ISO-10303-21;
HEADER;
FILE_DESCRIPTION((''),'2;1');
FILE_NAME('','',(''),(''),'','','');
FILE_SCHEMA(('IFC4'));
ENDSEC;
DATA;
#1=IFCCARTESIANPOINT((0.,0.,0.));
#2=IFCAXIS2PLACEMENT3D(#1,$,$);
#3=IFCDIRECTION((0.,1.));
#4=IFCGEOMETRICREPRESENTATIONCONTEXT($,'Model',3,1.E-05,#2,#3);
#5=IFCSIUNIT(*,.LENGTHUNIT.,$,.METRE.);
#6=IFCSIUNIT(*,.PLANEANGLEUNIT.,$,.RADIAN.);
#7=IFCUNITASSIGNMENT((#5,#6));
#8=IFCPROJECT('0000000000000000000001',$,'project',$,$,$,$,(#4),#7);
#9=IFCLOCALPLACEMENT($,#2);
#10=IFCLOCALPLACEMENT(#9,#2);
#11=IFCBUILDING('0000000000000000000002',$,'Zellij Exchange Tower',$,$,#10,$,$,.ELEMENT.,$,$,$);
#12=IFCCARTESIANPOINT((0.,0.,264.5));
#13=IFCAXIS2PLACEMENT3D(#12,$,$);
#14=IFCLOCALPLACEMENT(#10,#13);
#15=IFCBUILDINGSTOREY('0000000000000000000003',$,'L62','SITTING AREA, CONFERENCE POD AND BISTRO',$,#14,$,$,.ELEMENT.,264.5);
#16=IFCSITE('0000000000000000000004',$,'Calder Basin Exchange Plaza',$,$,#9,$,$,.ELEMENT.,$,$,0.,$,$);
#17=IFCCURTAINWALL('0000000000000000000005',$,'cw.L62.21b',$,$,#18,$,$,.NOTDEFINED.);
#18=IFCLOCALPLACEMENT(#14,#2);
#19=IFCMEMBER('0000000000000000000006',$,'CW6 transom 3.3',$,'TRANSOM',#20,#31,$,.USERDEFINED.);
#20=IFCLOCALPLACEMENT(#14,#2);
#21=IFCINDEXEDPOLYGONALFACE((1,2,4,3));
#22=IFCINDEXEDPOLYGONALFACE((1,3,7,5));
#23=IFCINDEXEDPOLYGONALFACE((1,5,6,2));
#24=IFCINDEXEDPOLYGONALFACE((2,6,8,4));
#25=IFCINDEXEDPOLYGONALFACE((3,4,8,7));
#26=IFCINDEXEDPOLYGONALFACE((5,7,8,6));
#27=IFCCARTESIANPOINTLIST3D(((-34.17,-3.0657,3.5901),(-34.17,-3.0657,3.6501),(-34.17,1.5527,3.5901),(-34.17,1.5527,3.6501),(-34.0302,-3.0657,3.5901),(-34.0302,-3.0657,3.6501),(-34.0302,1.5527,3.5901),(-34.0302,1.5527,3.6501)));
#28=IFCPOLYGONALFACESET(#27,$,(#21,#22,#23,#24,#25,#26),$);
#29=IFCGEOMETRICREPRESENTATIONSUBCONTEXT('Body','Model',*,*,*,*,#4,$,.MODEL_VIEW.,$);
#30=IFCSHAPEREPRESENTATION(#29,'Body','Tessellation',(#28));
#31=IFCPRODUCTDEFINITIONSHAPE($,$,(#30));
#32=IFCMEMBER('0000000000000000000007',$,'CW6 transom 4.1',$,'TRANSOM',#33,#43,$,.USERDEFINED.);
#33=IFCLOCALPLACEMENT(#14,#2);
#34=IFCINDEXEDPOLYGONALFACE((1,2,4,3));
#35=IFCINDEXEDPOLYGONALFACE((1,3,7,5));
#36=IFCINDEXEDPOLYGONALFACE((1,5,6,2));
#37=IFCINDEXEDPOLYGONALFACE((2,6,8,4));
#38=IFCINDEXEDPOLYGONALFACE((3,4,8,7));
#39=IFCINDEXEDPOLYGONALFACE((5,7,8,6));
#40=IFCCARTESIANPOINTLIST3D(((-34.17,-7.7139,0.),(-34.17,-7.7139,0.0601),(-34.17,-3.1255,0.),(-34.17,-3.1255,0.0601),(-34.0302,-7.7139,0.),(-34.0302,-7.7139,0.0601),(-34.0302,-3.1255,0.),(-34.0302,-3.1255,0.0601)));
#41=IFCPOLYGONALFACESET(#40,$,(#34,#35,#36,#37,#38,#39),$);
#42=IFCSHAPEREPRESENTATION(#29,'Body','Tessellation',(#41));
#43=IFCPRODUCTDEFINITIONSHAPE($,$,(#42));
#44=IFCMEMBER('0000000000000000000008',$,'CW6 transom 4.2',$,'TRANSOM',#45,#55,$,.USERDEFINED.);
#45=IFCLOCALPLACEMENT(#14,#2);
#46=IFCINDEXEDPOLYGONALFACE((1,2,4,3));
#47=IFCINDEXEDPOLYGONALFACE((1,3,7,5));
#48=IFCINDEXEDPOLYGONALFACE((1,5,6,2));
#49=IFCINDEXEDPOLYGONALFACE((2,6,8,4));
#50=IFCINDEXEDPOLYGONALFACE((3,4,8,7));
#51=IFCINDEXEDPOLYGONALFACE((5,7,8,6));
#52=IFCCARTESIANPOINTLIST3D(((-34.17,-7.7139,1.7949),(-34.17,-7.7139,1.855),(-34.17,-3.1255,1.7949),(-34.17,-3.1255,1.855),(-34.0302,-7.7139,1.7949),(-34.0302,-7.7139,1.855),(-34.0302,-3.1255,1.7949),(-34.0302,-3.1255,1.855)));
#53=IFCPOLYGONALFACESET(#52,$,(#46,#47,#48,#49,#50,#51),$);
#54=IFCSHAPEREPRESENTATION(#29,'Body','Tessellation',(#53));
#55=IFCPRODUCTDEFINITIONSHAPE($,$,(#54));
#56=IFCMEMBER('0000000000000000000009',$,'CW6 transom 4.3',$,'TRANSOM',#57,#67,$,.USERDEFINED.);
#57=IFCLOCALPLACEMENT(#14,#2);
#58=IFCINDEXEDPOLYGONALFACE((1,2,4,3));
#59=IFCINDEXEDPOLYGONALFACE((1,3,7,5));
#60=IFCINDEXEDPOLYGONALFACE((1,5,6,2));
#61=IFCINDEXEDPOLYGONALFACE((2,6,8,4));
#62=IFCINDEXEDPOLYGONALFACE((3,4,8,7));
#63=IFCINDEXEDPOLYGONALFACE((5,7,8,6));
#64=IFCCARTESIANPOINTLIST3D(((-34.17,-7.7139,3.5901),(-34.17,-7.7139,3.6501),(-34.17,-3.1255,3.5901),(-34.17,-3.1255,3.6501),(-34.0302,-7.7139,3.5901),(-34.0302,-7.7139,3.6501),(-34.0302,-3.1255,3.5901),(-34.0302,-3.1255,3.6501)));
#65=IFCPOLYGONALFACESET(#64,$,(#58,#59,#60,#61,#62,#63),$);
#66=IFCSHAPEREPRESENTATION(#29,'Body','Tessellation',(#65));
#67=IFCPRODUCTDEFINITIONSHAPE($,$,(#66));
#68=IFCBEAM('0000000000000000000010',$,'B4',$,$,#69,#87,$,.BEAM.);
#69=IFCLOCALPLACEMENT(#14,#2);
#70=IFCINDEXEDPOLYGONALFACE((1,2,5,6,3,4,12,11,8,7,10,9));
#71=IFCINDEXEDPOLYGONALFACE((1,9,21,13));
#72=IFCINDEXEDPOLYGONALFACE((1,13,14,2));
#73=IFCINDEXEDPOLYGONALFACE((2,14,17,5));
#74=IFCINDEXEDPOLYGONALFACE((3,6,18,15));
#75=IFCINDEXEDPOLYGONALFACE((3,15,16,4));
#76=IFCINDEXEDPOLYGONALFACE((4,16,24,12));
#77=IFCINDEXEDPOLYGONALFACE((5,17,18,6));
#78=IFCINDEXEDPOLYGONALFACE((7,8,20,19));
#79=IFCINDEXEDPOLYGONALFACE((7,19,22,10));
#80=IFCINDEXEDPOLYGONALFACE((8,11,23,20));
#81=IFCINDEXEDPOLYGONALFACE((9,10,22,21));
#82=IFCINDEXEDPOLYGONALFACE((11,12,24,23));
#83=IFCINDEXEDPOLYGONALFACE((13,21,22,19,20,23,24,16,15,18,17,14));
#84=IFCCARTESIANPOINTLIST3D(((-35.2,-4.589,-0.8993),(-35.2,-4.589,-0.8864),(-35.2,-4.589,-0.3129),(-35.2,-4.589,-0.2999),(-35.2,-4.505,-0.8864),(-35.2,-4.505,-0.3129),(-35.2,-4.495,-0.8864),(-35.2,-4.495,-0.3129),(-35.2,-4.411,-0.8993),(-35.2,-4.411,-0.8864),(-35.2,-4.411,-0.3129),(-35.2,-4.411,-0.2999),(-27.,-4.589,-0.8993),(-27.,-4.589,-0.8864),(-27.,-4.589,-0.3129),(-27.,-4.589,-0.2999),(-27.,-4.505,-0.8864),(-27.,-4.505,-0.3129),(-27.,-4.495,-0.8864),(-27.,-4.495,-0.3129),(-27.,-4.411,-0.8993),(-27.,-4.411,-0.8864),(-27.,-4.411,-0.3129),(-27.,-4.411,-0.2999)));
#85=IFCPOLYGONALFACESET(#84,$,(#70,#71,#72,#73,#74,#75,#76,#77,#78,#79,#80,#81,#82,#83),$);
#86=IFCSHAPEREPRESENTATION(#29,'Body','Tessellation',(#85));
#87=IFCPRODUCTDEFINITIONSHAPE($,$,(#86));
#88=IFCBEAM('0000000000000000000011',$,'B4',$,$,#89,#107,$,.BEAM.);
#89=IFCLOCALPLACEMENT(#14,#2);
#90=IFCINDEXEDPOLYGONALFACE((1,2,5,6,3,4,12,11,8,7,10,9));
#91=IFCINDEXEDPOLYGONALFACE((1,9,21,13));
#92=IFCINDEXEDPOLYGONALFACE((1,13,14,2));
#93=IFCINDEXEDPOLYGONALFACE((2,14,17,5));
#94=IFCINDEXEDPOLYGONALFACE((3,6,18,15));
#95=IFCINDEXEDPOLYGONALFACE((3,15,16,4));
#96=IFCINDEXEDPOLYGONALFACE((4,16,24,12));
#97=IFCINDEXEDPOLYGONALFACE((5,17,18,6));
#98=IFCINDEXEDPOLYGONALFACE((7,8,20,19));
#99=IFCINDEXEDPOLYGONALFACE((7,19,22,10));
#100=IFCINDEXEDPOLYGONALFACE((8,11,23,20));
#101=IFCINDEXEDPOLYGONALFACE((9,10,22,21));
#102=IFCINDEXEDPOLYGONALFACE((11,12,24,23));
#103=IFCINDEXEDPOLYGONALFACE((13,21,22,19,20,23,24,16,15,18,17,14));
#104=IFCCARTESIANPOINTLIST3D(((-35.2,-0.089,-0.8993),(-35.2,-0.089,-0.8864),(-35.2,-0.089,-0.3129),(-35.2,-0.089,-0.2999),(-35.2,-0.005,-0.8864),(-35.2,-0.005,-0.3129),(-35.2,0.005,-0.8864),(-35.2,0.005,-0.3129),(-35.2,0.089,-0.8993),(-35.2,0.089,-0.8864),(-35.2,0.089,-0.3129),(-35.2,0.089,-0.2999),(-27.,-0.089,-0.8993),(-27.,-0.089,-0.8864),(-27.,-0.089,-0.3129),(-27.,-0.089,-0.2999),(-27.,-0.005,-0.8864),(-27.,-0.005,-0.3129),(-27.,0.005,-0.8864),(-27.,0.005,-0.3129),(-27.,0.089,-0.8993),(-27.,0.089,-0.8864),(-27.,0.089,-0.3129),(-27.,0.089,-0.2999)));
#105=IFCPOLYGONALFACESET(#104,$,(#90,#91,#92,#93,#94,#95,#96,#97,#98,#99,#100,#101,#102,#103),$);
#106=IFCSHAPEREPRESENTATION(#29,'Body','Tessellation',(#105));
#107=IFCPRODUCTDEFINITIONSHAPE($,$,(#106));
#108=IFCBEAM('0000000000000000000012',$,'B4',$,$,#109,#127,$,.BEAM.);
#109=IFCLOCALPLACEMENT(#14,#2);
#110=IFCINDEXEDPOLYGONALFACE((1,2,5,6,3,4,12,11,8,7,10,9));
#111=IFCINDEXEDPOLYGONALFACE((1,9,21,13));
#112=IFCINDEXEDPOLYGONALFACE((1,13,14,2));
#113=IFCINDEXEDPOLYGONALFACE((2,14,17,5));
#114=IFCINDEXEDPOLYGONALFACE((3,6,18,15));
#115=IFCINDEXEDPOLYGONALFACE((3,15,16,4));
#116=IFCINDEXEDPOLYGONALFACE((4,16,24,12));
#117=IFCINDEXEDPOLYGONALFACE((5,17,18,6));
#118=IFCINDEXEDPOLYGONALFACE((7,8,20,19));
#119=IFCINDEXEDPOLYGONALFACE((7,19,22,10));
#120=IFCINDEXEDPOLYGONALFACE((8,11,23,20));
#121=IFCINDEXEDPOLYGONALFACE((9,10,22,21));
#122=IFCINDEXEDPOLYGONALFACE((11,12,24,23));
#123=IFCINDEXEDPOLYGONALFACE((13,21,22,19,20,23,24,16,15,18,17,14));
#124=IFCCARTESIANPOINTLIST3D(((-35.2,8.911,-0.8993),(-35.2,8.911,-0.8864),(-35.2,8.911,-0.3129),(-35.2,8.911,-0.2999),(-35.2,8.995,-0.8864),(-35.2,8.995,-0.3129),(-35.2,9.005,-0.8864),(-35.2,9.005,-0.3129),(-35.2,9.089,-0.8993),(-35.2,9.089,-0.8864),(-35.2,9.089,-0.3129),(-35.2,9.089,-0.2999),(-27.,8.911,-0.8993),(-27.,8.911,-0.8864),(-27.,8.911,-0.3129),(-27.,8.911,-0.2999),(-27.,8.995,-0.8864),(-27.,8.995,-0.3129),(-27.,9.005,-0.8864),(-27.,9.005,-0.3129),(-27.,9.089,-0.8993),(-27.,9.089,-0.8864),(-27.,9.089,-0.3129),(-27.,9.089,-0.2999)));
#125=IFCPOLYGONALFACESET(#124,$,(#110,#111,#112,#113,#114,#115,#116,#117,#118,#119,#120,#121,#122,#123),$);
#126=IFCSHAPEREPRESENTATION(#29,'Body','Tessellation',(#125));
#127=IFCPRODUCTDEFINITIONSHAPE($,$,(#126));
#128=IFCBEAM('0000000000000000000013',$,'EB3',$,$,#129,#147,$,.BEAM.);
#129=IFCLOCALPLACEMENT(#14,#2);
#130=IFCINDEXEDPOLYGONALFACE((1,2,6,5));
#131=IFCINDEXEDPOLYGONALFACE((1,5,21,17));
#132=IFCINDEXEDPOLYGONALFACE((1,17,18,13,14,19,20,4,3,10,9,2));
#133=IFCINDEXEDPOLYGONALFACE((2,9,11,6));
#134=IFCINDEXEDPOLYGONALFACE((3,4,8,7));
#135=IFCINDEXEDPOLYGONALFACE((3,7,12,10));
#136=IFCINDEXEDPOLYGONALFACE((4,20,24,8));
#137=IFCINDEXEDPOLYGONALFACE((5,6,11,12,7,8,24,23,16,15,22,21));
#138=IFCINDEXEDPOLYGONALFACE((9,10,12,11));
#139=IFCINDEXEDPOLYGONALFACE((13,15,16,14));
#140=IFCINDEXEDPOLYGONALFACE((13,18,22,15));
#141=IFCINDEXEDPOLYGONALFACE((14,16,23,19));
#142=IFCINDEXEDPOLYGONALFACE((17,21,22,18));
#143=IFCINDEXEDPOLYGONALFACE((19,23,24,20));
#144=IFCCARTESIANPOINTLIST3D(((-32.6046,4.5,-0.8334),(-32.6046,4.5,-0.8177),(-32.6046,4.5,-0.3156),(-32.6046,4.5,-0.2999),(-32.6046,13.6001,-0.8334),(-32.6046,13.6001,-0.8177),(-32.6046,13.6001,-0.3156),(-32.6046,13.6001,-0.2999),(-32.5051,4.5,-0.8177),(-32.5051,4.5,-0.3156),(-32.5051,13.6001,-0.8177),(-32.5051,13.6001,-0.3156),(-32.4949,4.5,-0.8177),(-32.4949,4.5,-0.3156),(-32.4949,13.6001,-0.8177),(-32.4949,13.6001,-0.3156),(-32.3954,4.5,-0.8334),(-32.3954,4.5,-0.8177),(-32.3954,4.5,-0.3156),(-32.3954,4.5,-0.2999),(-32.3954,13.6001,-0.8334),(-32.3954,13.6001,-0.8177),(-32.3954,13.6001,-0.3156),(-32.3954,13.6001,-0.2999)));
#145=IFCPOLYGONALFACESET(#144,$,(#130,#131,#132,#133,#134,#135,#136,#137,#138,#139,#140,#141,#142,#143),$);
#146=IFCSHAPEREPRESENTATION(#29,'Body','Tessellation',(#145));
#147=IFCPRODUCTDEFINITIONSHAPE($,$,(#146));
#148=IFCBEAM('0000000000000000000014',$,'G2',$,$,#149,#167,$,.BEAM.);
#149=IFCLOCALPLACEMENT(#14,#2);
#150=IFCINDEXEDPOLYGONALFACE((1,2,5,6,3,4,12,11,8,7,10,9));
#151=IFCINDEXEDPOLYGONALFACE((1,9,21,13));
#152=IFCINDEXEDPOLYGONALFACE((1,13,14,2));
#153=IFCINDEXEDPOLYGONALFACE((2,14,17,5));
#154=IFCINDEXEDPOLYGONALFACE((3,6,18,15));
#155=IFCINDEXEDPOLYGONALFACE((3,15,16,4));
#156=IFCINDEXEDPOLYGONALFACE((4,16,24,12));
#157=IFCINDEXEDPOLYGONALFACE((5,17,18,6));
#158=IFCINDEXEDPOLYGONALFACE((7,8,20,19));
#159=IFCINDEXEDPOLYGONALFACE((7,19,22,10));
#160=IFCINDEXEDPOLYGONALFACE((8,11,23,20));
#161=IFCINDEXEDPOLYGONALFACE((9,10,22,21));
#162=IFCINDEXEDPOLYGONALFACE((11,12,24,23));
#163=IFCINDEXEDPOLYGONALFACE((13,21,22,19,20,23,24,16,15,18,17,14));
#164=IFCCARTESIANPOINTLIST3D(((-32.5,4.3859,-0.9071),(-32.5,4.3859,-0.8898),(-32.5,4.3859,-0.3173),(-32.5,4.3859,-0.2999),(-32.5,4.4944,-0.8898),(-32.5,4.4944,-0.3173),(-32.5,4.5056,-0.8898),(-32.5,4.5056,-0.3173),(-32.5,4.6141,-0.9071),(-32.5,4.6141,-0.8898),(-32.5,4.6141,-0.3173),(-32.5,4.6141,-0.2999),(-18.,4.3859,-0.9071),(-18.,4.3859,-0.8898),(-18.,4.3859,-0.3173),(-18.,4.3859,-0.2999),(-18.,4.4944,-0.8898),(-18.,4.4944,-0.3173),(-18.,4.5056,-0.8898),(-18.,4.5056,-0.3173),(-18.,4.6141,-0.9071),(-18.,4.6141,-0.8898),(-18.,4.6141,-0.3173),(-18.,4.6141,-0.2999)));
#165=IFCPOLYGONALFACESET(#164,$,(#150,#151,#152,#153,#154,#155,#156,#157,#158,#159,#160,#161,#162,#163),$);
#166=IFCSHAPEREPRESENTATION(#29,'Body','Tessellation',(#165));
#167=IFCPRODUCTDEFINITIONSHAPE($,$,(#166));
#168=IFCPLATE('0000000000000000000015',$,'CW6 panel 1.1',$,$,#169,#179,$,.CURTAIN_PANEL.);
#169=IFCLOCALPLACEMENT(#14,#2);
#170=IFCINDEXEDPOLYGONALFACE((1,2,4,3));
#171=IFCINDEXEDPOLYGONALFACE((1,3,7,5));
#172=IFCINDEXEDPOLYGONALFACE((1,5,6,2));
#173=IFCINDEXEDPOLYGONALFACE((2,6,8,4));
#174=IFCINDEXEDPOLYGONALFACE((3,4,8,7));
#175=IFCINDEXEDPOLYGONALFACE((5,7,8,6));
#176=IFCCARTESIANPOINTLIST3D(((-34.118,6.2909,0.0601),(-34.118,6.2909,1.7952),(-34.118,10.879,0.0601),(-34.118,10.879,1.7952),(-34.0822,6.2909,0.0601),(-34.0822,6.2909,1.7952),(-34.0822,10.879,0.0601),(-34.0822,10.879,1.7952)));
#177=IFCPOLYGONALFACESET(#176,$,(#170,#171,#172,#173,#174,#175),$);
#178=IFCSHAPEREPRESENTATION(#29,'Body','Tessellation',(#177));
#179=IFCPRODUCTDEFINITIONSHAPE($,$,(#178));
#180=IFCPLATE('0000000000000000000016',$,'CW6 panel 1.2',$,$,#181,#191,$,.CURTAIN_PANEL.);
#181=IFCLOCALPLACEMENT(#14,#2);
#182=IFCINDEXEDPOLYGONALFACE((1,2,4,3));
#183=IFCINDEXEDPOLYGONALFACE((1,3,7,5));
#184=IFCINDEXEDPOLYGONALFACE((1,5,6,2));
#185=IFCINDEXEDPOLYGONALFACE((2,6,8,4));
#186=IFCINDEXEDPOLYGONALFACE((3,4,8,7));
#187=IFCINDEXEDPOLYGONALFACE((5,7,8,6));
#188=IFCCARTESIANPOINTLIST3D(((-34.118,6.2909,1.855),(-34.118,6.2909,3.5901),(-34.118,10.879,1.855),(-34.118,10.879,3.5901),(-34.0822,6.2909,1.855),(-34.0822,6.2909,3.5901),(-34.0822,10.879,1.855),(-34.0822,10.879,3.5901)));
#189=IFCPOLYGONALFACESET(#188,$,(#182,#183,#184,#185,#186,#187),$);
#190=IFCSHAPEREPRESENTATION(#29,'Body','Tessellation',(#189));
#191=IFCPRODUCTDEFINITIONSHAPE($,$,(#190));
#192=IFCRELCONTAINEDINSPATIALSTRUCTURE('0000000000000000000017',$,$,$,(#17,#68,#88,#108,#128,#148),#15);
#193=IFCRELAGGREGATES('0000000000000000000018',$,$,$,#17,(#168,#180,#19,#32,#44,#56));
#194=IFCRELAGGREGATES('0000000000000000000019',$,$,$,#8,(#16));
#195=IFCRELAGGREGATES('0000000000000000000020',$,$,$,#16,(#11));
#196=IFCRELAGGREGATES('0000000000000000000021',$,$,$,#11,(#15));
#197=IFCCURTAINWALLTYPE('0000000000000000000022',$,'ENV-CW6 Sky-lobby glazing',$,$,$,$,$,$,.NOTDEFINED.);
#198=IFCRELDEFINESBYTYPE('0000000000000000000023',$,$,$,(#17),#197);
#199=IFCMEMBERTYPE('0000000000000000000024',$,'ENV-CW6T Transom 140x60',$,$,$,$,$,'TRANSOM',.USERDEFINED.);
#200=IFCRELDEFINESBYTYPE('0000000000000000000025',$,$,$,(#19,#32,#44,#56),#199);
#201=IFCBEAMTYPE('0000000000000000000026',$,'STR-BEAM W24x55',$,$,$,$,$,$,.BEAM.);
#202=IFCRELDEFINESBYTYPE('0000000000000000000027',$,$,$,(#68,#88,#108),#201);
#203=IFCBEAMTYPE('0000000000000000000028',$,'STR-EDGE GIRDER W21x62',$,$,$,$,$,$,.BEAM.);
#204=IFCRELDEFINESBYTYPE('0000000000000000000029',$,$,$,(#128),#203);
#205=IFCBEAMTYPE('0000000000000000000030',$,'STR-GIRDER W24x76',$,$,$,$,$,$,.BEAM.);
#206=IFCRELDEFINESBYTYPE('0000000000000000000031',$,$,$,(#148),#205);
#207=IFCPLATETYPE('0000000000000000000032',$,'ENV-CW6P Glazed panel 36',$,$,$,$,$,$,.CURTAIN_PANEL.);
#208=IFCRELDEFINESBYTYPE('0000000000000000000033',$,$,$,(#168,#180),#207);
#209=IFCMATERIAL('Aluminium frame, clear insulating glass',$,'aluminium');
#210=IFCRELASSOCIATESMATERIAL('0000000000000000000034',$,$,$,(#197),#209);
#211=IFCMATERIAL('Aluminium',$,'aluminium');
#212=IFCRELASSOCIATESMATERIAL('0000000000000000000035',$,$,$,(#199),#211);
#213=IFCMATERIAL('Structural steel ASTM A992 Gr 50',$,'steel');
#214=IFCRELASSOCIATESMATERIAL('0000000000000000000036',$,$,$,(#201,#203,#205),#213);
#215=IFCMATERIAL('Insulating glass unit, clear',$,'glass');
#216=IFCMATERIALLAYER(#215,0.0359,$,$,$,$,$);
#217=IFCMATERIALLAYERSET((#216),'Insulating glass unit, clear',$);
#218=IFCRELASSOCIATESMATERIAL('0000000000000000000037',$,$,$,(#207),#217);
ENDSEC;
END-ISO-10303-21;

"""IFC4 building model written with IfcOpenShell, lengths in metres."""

from ifc_helpers import new_model, si_unit, direction, frame, origin, origin_2d, place, context, subcontext, project, spatial, rectangle, i_section, extrude, material, layer, layer_set, material_profile, profile_set, type_object, element, aggregate, save


model = new_model("IFC4")

# Units and contexts
model_context = context("Model", 3, precision=1e-05, world=origin(), true_north=direction((0.0, 1.0)))
body_context = subcontext(model_context, "Body", "Model", "MODEL_VIEW")
ifc_project = project(units=[si_unit("LENGTHUNIT", "METRE"), si_unit("PLANEANGLEUNIT", "RADIAN")], contexts=[model_context])

# Site, building, storey
site_placement = place(None, origin())
site = spatial("IfcSite", under=ifc_project, at=site_placement, Name="Calder Basin Exchange Plaza", CompositionType="ELEMENT", RefElevation=0.0)
building_placement = place(site_placement, origin())
building = spatial("IfcBuilding", under=site, at=building_placement, Name="Zellij Exchange Tower", CompositionType="ELEMENT")
storey_placement = place(building_placement, frame((0.0, 0.0, 264.5)))
storey = spatial("IfcBuildingStorey", under=building, at=storey_placement, Name="L62", Description="SITTING AREA, CONFERENCE POD AND BISTRO", CompositionType="ELEMENT", Elevation=264.5)

# Shared definitions
ifc_material_1 = material(Name="Aluminium frame, clear insulating glass", Category="aluminium")
curtain_wall_type = type_object("IfcCurtainWallType", Name="ENV-CW6 Sky-lobby glazing", PredefinedType="NOTDEFINED", material=ifc_material_1)
ifc_material_2 = material(Name="Aluminium", Category="aluminium")

# Curtain wall, members
curtain_wall_1_placement = place(storey_placement, origin())
curtain_wall_1 = element("IfcCurtainWall", 1, at=curtain_wall_1_placement, inside=storey, type_object=curtain_wall_type, Name="cw.L62.21b", PredefinedType="NOTDEFINED")
ifc_material_profile_1 = material_profile(ifc_material_2, rectangle(XDim=0.1399, YDim=0.0601, at=origin_2d()), Name="AL 140x60")
ifc_profile_set_1 = profile_set([ifc_material_profile_1], Name="Aluminium")
member_type_1 = type_object("IfcMemberType", Name="ENV-CW6T Transom 140x60", ElementType="TRANSOM", PredefinedType="USERDEFINED", material=ifc_profile_set_1)
member_1_placement = place(storey_placement, frame((-34.1001, 1.5527, 3.6201), z_axis=(0.0, -1.0, 0.0), x_axis=(1.0, 0.0, 0.0)))
member_1 = element("IfcMember", 2, at=member_1_placement, type_object=member_type_1, Name="CW6 transom 3.3", ObjectType="TRANSOM", PredefinedType="USERDEFINED", context=body_context, shape_type="SweptSolid", body=[
    extrude(rectangle(XDim=0.1399, YDim=0.0601, at=origin_2d()), origin(), (0.0, 0.0, 1.0), 4.6184),
])
member_2_placement = place(storey_placement, frame((-34.1001, -3.1255, 0.03), z_axis=(0.0, -1.0, 0.0), x_axis=(1.0, 0.0, 0.0)))
member_2 = element("IfcMember", 3, at=member_2_placement, type_object=member_type_1, Name="CW6 transom 4.1", ObjectType="TRANSOM", PredefinedType="USERDEFINED", context=body_context, shape_type="SweptSolid", body=[
    extrude(rectangle(XDim=0.1399, YDim=0.0601, at=origin_2d()), origin(), (0.0, 0.0, 1.0), 4.5884),
])
member_3_placement = place(storey_placement, frame((-34.1001, -3.1255, 1.825), z_axis=(0.0, -1.0, 0.0), x_axis=(1.0, 0.0, 0.0)))
member_3 = element("IfcMember", 4, at=member_3_placement, type_object=member_type_1, Name="CW6 transom 4.2", ObjectType="TRANSOM", PredefinedType="USERDEFINED", context=body_context, shape_type="SweptSolid", body=[
    extrude(rectangle(XDim=0.1399, YDim=0.0601, at=origin_2d()), origin(), (0.0, 0.0, 1.0), 4.5884),
])
member_4_placement = place(storey_placement, frame((-34.1001, -3.1255, 3.6201), z_axis=(0.0, -1.0, 0.0), x_axis=(1.0, 0.0, 0.0)))
member_4 = element("IfcMember", 5, at=member_4_placement, type_object=member_type_1, Name="CW6 transom 4.3", ObjectType="TRANSOM", PredefinedType="USERDEFINED", context=body_context, shape_type="SweptSolid", body=[
    extrude(rectangle(XDim=0.1399, YDim=0.0601, at=origin_2d()), origin(), (0.0, 0.0, 1.0), 4.5884),
])

# Beams
ifc_material_3 = material(Name="Structural steel ASTM A992 Gr 50", Category="steel")
ifc_material_profile_2 = material_profile(ifc_material_3, i_section(OverallWidth=0.178, OverallDepth=0.5994, WebThickness=0.01, FlangeThickness=0.0129, at=origin_2d()), Name="W24x55")
ifc_profile_set_2 = profile_set([ifc_material_profile_2], Name="Structural steel ASTM A992 Gr 50")
beam_type_1 = type_object("IfcBeamType", Name="STR-BEAM W24x55", PredefinedType="BEAM", material=ifc_profile_set_2)
for number, where, z_axis, x_axis, name in (
    (6, (-35.2, -4.5, -0.5996), (1.0, 0.0, 0.0), (0.0, 1.0, 0.0), "B4"),
    (7, (-35.2, 0.0, -0.5996), (1.0, 0.0, 0.0), (0.0, 1.0, 0.0), "B4"),
    (8, (-35.2, 9.0, -0.5996), (1.0, 0.0, 0.0), (0.0, 1.0, 0.0), "B4"),
):
    element("IfcBeam", number, at=place(storey_placement, frame(where, z_axis=z_axis, x_axis=x_axis)), inside=storey, type_object=beam_type_1, Name=name, PredefinedType="BEAM", context=body_context, shape_type="SweptSolid", body=[
        extrude(i_section(OverallWidth=0.178, OverallDepth=0.5994, WebThickness=0.01, FlangeThickness=0.0129, at=origin_2d()), origin(), (0.0, 0.0, 1.0), 8.2),
    ])
ifc_material_profile_3 = material_profile(ifc_material_3, i_section(OverallWidth=0.2092, OverallDepth=0.5334, WebThickness=0.0103, FlangeThickness=0.0156, at=origin_2d()), Name="W21x62")
ifc_profile_set_3 = profile_set([ifc_material_profile_3], Name="Structural steel ASTM A992 Gr 50")
beam_type_2 = type_object("IfcBeamType", Name="STR-EDGE GIRDER W21x62", PredefinedType="BEAM", material=ifc_profile_set_3)
beam_1_placement = place(storey_placement, frame((-32.5, 4.5, -0.5667), z_axis=(0.0, 1.0, 0.0), x_axis=(-1.0, 0.0, 0.0)))
element("IfcBeam", 9, at=beam_1_placement, inside=storey, type_object=beam_type_2, Name="EB3", PredefinedType="BEAM", context=body_context, shape_type="SweptSolid", body=[
    extrude(i_section(OverallWidth=0.2092, OverallDepth=0.5334, WebThickness=0.0103, FlangeThickness=0.0156, at=origin_2d()), origin(), (0.0, 0.0, 1.0), 9.1001),
])
ifc_material_profile_4 = material_profile(ifc_material_3, i_section(OverallWidth=0.2283, OverallDepth=0.6072, WebThickness=0.0112, FlangeThickness=0.0173, at=origin_2d()), Name="W24x76")
ifc_profile_set_4 = profile_set([ifc_material_profile_4], Name="Structural steel ASTM A992 Gr 50")
beam_type_3 = type_object("IfcBeamType", Name="STR-GIRDER W24x76", PredefinedType="BEAM", material=ifc_profile_set_4)
beam_2_placement = place(storey_placement, frame((-32.5, 4.5, -0.6035), z_axis=(1.0, 0.0, 0.0), x_axis=(0.0, 1.0, 0.0)))
element("IfcBeam", 10, at=beam_2_placement, inside=storey, type_object=beam_type_3, Name="G2", PredefinedType="BEAM", context=body_context, shape_type="SweptSolid", body=[
    extrude(i_section(OverallWidth=0.2283, OverallDepth=0.6072, WebThickness=0.0112, FlangeThickness=0.0173, at=origin_2d()), origin(), (0.0, 0.0, 1.0), 14.5),
])

# Plates
ifc_material_4 = material(Name="Insulating glass unit, clear", Category="glass")
ifc_layer_1 = layer(ifc_material_4, 0.0359)
ifc_layer_set_1 = layer_set([ifc_layer_1], Name="Insulating glass unit, clear")
plate_type = type_object("IfcPlateType", Name="ENV-CW6P Glazed panel 36", PredefinedType="CURTAIN_PANEL", material=ifc_layer_set_1)
plate_1_placement = place(storey_placement, frame((-34.1001, 8.585, 0.0601), z_axis=(0.0, 0.0, 1.0), x_axis=(0.0, -1.0, 0.0)))
plate_1 = element("IfcPlate", 11, at=plate_1_placement, type_object=plate_type, Name="CW6 panel 1.1", PredefinedType="CURTAIN_PANEL", context=body_context, shape_type="SweptSolid", body=[
    extrude(rectangle(XDim=4.5881, YDim=0.0359, at=origin_2d()), origin(), (0.0, 0.0, 1.0), 1.7351),
])
plate_2_placement = place(storey_placement, frame((-34.1001, 8.585, 1.855), z_axis=(0.0, 0.0, 1.0), x_axis=(0.0, -1.0, 0.0)))
plate_2 = element("IfcPlate", 12, at=plate_2_placement, type_object=plate_type, Name="CW6 panel 1.2", PredefinedType="CURTAIN_PANEL", context=body_context, shape_type="SweptSolid", body=[
    extrude(rectangle(XDim=4.5881, YDim=0.0359, at=origin_2d()), origin(), (0.0, 0.0, 1.0), 1.7351),
])
aggregate(curtain_wall_1, [plate_1, plate_2, member_1, member_2, member_3, member_4])

save(model, "model.ifc")
